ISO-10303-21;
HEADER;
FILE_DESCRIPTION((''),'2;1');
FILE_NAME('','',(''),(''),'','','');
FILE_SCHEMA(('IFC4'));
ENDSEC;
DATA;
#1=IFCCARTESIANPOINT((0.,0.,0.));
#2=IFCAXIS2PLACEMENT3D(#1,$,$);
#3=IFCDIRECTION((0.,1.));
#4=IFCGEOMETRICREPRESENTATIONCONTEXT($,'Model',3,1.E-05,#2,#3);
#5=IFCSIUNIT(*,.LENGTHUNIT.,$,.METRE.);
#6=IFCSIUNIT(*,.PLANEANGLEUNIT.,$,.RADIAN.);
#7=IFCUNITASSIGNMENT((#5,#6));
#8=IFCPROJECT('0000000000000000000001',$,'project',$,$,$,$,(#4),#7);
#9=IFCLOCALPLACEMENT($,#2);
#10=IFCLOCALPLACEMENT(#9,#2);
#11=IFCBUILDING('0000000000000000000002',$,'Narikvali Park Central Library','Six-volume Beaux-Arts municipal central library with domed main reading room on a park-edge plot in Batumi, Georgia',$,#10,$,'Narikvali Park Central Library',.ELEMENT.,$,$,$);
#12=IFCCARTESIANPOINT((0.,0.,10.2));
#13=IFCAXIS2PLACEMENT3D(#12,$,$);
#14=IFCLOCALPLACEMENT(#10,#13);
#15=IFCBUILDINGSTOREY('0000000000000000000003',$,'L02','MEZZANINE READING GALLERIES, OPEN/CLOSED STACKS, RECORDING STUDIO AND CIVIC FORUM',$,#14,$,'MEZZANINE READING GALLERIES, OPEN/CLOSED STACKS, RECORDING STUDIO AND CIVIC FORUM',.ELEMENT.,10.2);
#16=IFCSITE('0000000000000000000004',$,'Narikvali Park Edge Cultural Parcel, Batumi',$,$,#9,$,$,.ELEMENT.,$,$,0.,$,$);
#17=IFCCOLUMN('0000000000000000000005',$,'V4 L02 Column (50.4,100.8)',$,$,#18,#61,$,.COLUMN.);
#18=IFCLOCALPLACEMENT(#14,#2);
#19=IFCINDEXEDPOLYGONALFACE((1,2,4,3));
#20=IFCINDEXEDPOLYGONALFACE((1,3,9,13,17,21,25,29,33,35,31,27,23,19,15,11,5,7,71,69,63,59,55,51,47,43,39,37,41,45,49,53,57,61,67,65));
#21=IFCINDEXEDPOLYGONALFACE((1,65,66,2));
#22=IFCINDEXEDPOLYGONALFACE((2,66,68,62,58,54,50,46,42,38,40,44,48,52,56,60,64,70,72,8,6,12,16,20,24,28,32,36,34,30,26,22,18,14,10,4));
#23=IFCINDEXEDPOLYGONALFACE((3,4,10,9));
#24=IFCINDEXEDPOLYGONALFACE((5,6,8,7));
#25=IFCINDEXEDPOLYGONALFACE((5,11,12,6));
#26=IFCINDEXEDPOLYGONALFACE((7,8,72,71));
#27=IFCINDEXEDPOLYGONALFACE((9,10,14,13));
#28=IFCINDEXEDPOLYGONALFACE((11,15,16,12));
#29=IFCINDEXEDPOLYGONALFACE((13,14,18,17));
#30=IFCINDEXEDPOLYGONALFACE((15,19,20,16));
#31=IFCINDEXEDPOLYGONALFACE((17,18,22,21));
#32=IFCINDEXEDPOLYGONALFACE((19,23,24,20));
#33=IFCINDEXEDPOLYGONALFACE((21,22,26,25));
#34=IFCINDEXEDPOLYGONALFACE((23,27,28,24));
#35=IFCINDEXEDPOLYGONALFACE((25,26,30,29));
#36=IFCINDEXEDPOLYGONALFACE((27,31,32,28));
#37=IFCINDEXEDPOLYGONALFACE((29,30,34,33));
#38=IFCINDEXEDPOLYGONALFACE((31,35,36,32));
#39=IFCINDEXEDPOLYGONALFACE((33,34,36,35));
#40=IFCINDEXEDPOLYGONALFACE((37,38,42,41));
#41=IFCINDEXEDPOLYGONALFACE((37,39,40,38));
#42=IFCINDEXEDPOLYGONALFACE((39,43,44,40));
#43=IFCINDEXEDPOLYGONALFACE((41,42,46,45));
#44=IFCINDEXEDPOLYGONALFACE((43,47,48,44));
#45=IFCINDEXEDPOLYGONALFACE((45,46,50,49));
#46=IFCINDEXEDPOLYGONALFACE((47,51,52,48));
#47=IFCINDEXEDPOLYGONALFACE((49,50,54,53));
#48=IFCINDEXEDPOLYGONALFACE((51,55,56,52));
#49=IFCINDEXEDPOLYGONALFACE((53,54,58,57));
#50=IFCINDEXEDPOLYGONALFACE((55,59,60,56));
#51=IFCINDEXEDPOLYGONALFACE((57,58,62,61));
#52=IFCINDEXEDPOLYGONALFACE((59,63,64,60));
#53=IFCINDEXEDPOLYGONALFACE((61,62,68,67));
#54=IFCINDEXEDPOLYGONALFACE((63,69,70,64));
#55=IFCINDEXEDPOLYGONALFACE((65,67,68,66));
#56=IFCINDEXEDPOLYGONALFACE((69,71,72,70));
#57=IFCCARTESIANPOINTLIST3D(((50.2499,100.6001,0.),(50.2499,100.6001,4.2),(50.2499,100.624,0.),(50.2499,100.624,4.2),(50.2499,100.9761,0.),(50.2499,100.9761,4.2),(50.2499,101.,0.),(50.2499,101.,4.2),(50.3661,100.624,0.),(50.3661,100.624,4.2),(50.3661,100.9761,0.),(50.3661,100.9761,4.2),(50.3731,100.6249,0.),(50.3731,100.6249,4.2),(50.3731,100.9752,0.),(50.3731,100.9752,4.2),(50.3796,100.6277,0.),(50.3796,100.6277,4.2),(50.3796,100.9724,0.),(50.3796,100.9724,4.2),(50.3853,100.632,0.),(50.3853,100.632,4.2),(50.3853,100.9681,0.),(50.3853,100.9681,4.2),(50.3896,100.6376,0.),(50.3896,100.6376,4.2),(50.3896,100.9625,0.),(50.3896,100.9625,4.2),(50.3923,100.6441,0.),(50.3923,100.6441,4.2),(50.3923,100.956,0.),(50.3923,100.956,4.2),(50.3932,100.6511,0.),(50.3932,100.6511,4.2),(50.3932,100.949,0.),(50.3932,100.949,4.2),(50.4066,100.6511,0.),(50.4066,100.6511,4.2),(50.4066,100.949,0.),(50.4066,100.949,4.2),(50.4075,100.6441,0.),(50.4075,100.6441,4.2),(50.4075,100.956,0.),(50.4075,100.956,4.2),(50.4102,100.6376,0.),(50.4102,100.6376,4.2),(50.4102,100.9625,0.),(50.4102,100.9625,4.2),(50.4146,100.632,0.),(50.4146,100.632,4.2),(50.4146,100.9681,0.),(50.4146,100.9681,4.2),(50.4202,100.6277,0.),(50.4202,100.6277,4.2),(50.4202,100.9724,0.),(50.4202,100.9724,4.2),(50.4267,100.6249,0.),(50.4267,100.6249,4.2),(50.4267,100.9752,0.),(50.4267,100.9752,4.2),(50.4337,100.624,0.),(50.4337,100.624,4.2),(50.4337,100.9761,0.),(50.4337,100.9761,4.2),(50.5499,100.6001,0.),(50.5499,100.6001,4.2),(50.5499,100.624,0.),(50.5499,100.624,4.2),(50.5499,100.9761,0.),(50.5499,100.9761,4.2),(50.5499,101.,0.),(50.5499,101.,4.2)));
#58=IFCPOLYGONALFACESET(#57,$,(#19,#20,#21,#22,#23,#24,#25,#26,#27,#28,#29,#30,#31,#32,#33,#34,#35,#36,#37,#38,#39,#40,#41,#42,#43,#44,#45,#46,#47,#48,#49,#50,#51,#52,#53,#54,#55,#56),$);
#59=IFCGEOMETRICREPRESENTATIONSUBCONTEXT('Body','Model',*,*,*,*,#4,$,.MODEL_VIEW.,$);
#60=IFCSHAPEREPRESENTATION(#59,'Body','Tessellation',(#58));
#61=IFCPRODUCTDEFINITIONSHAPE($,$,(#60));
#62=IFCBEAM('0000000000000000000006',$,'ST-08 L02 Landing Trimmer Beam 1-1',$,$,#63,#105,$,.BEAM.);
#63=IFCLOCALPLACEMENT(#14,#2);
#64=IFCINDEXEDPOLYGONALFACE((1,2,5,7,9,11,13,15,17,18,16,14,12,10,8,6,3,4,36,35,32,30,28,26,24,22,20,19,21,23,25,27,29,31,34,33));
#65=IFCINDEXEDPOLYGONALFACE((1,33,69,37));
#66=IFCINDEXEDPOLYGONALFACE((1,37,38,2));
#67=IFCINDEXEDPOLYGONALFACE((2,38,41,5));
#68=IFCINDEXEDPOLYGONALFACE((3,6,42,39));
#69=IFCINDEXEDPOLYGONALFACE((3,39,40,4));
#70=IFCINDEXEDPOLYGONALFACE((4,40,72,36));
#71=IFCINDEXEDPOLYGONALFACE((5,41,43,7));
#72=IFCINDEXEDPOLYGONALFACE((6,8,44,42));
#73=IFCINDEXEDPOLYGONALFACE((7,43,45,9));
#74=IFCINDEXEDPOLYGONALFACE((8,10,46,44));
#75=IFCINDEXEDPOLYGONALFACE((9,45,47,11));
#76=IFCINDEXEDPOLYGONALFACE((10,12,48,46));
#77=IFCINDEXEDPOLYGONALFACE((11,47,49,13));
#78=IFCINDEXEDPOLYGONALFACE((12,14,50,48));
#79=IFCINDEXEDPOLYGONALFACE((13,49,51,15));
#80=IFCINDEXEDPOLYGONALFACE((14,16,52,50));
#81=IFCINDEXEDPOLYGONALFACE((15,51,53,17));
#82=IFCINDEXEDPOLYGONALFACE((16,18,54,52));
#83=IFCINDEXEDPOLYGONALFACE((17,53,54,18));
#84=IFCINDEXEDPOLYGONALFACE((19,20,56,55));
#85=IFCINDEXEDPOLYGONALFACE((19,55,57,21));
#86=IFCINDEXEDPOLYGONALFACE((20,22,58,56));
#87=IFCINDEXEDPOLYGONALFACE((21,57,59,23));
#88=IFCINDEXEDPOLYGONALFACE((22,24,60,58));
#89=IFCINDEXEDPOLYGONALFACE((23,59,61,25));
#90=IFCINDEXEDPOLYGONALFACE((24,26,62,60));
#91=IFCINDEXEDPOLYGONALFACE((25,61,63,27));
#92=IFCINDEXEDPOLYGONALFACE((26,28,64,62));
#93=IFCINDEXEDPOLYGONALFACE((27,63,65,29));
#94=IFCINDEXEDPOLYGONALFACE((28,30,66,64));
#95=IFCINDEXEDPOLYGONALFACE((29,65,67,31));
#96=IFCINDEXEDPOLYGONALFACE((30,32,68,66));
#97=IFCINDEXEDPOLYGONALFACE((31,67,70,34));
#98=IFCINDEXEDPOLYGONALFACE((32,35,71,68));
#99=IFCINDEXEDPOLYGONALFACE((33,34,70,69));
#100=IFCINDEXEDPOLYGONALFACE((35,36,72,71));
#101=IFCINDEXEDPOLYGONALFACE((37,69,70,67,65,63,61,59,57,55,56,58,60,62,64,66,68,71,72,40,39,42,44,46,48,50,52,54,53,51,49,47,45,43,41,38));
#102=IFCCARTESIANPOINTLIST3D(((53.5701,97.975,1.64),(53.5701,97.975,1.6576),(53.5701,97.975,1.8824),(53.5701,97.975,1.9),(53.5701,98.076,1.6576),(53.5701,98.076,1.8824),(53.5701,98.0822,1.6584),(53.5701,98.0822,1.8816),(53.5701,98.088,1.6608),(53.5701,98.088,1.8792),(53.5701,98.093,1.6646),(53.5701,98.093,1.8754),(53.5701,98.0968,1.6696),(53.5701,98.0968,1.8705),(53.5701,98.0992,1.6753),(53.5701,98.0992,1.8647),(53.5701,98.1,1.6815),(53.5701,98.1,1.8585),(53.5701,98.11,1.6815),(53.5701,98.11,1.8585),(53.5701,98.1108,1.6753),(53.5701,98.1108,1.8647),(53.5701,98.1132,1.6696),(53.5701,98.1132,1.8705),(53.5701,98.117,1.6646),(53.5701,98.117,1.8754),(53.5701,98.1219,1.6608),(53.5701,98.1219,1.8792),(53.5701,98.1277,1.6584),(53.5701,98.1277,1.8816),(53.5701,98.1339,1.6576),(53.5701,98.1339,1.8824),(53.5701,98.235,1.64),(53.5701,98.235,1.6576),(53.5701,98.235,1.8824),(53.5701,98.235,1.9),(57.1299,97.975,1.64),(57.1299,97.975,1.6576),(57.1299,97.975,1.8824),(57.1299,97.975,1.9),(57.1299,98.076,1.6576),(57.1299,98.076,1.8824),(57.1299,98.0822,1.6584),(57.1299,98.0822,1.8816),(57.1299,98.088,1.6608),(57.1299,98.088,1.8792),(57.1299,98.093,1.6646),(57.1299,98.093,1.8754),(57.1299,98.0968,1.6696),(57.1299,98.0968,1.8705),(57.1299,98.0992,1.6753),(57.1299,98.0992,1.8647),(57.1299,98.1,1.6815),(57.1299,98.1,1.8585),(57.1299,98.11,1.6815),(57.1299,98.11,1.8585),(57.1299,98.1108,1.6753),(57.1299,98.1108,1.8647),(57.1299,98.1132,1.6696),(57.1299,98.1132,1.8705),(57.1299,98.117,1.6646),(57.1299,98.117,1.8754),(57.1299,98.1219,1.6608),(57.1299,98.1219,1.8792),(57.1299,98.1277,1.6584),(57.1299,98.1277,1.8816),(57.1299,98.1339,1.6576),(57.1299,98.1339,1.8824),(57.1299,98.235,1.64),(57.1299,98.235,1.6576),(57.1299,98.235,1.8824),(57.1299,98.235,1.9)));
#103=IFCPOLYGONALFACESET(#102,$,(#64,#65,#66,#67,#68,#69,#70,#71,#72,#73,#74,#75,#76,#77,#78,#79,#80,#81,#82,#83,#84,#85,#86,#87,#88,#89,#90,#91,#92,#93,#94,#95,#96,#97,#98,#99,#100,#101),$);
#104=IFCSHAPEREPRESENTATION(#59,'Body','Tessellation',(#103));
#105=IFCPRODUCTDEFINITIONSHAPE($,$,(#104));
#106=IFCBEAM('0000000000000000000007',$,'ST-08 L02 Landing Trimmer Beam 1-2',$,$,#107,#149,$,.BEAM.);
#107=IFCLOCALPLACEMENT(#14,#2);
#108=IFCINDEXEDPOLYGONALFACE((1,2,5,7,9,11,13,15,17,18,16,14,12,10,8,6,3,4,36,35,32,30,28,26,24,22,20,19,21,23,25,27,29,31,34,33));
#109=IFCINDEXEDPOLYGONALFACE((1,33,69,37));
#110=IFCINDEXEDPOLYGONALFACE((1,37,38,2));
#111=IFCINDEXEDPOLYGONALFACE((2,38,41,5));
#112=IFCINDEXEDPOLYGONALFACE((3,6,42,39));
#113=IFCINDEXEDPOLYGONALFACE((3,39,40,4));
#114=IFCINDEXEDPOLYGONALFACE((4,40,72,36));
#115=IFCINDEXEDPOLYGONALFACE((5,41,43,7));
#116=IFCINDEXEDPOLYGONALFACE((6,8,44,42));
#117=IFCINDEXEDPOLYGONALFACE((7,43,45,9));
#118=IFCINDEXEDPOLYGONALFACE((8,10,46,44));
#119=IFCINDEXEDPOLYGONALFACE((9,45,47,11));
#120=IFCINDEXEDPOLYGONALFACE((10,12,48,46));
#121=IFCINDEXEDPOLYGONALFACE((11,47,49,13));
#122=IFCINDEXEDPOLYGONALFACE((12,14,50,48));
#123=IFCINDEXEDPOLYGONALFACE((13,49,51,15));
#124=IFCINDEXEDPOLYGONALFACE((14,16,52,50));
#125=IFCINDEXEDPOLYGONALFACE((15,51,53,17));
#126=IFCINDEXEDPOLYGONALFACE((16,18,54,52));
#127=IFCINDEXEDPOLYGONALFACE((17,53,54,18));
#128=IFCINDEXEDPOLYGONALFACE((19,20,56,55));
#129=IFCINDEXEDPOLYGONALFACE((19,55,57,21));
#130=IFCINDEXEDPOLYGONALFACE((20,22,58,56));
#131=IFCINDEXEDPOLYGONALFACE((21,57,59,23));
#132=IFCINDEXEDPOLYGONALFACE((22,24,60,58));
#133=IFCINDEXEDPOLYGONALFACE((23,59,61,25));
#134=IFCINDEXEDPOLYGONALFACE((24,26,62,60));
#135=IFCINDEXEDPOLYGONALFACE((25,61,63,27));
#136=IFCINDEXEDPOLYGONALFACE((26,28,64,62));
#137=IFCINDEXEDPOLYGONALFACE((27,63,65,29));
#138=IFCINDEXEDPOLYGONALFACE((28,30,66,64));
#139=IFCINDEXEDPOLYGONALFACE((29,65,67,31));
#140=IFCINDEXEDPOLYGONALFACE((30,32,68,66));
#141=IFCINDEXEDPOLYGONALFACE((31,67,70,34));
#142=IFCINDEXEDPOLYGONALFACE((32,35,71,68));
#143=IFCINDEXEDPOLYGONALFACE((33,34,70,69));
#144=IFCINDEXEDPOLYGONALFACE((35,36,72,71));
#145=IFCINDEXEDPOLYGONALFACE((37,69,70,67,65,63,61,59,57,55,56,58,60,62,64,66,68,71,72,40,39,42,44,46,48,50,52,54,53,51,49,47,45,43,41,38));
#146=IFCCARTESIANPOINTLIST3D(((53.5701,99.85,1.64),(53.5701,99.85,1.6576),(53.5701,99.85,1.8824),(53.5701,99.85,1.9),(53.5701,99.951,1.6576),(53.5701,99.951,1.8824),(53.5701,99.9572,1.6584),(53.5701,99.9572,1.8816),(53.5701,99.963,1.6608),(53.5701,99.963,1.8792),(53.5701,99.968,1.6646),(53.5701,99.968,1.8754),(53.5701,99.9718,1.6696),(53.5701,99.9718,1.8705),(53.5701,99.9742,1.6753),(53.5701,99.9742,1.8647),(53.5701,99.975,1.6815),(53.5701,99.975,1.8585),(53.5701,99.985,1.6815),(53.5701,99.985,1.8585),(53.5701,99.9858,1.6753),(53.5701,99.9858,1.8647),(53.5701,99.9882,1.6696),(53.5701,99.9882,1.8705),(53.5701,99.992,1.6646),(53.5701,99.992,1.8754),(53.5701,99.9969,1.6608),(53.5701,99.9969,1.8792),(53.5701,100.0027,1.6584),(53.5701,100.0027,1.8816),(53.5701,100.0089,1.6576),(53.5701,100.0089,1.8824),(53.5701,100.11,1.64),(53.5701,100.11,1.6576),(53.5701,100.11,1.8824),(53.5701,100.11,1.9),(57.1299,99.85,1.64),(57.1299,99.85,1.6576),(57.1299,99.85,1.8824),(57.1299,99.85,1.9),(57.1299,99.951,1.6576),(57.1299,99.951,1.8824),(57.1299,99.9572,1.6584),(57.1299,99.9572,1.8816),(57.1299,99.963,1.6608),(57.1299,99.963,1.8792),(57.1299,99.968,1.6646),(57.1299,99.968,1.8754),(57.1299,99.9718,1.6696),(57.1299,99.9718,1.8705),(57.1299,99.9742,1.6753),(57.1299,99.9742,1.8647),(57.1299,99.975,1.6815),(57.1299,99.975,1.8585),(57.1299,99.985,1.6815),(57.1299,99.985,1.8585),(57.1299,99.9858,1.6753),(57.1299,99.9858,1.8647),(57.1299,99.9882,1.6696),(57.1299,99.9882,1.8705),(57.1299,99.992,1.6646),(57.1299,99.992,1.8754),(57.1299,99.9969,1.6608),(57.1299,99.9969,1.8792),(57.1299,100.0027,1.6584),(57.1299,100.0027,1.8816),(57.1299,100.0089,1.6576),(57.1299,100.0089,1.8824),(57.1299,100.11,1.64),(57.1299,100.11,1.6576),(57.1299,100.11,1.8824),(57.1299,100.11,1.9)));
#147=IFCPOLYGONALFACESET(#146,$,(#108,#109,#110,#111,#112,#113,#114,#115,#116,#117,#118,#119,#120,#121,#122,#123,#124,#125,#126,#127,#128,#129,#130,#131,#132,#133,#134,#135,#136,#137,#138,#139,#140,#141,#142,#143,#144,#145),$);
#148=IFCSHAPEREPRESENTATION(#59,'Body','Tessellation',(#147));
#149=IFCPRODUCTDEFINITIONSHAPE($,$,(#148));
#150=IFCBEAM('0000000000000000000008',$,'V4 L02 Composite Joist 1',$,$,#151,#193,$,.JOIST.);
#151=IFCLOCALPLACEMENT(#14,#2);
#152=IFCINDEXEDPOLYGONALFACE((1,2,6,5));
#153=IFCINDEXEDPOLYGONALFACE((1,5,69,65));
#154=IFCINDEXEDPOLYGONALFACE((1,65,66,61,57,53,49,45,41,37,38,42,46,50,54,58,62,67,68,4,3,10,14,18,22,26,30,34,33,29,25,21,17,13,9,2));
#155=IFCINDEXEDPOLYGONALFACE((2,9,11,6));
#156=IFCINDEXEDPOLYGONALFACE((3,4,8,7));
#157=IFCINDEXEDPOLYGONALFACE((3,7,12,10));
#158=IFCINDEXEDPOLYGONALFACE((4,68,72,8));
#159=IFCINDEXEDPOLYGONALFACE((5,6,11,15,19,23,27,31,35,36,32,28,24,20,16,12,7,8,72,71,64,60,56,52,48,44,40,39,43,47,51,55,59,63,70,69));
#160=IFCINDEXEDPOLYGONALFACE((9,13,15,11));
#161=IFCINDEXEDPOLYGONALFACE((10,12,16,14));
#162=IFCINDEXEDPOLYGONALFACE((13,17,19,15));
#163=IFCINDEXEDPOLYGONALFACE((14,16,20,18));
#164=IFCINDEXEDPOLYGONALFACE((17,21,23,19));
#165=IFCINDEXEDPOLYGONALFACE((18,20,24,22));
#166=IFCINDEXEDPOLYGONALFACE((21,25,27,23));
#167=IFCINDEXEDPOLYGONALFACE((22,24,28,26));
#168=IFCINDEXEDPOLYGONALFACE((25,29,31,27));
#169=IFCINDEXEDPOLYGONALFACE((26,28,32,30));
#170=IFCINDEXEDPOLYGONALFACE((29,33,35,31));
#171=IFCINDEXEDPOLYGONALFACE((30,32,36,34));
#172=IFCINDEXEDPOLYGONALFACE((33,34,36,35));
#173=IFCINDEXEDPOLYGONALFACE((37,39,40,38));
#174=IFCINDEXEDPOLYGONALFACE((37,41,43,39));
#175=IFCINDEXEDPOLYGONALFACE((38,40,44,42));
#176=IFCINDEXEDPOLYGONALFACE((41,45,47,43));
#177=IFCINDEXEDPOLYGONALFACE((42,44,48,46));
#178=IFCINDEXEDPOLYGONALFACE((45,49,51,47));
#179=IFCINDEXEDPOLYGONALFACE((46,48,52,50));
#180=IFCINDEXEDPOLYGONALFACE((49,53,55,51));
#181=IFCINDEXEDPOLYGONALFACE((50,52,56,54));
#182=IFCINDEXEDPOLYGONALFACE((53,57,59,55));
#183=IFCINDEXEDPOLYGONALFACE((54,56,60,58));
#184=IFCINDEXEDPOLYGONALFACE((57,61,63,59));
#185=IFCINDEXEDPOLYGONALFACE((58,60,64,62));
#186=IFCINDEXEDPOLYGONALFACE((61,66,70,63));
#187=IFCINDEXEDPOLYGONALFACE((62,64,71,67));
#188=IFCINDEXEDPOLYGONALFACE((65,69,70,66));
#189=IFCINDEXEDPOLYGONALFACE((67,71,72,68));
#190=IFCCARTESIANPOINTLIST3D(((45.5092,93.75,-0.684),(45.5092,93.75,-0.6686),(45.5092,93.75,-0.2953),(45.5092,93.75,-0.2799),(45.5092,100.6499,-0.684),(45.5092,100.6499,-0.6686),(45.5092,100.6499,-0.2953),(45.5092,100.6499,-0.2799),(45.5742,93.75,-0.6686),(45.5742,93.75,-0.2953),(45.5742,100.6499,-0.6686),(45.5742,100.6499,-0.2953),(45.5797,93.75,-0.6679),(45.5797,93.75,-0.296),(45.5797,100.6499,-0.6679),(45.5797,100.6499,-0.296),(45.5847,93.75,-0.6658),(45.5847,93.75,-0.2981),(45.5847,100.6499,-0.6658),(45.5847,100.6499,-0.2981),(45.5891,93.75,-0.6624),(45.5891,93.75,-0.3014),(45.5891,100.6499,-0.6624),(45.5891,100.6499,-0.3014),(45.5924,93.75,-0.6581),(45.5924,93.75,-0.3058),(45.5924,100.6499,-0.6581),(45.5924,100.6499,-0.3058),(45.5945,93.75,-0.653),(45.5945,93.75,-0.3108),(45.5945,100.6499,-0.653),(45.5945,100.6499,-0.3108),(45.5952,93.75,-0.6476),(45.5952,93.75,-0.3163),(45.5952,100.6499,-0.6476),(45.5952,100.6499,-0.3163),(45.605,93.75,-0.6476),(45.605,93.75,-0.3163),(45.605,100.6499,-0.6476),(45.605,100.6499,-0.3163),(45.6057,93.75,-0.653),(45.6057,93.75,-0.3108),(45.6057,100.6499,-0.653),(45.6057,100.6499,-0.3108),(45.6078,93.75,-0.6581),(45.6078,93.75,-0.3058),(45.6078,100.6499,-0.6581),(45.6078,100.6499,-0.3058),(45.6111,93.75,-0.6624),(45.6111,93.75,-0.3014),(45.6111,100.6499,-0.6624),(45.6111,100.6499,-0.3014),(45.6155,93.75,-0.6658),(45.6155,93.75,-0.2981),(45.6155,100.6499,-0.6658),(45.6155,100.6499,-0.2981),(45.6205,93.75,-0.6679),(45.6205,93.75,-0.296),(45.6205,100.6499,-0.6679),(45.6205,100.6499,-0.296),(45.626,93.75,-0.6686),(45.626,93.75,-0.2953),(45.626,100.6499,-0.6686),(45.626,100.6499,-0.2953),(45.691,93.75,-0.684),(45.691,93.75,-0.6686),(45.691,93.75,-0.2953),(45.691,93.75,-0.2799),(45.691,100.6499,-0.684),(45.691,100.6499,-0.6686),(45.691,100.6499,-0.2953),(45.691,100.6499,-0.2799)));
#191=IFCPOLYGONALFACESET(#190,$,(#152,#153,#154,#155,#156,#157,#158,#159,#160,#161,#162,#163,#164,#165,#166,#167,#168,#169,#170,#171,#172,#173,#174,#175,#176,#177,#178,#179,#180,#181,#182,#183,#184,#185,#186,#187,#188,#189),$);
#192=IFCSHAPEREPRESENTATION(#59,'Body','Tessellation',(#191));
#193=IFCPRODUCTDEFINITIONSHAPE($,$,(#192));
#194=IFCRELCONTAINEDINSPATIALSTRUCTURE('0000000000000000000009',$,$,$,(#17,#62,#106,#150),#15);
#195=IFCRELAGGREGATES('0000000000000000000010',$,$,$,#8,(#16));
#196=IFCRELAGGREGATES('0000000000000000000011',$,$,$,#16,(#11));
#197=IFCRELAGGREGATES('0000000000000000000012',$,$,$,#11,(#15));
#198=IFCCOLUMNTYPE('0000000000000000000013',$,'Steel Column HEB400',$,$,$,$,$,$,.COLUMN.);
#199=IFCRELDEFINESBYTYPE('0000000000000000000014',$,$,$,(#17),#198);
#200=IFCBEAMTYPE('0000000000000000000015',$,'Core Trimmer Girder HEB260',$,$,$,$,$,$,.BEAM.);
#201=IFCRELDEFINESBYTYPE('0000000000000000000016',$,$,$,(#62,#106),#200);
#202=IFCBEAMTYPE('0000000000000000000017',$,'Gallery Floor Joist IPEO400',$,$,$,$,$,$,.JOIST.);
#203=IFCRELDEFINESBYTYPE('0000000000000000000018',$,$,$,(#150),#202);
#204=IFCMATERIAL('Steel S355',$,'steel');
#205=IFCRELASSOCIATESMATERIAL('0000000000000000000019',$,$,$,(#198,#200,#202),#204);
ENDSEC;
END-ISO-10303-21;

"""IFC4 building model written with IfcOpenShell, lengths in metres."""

from ifc_helpers import new_model, si_unit, direction, frame, origin, origin_2d, place, context, subcontext, project, spatial, i_section, extrude, material, material_profile, profile_set, type_object, element, save


model = new_model("IFC4")

# Units and contexts
model_context = context("Model", 3, precision=1e-05, world=origin(), true_north=direction((0.0, 1.0)))
body_context = subcontext(model_context, "Body", "Model", "MODEL_VIEW")
ifc_project = project(units=[si_unit("LENGTHUNIT", "METRE"), si_unit("PLANEANGLEUNIT", "RADIAN")], contexts=[model_context])

# Site, building, storey
site_placement = place(None, origin())
site = spatial("IfcSite", under=ifc_project, at=site_placement, Name="Narikvali Park Edge Cultural Parcel, Batumi", CompositionType="ELEMENT", RefElevation=0.0)
building_placement = place(site_placement, origin())
building = spatial("IfcBuilding", under=site, at=building_placement, Name="Narikvali Park Central Library", Description="Six-volume Beaux-Arts municipal central library with domed main reading room on a park-edge plot in Batumi, Georgia", LongName="Narikvali Park Central Library", CompositionType="ELEMENT")
storey_placement = place(building_placement, frame((0.0, 0.0, 10.2)))
storey = spatial("IfcBuildingStorey", under=building, at=storey_placement, Name="L02", Description="MEZZANINE READING GALLERIES, OPEN/CLOSED STACKS, RECORDING STUDIO AND CIVIC FORUM", LongName="MEZZANINE READING GALLERIES, OPEN/CLOSED STACKS, RECORDING STUDIO AND CIVIC FORUM", CompositionType="ELEMENT", Elevation=10.2)

# Column
ifc_material_1 = material(Name="Steel S355", Category="steel")
ifc_material_profile_1 = material_profile(ifc_material_1, i_section(OverallWidth=0.3, OverallDepth=0.3999, WebThickness=0.0134, FlangeThickness=0.0239, FilletRadius=0.0271, at=origin_2d()), Name="HEB 400")
ifc_profile_set_1 = profile_set([ifc_material_profile_1], Name="Steel S355")
column_type = type_object("IfcColumnType", Name="Steel Column HEB400", PredefinedType="COLUMN", material=ifc_profile_set_1)
column_placement = place(storey_placement, frame((50.3999, 100.8, 0.0), z_axis=(0.0, 0.0, 1.0), x_axis=(1.0, 0.0, 0.0)))
element("IfcColumn", 1, at=column_placement, inside=storey, type_object=column_type, Name="V4 L02 Column (50.4,100.8)", PredefinedType="COLUMN", context=body_context, shape_type="SweptSolid", body=[
    extrude(i_section(OverallWidth=0.3, OverallDepth=0.3999, WebThickness=0.0134, FlangeThickness=0.0239, FilletRadius=0.0271, at=origin_2d()), origin(), (0.0, 0.0, 1.0), 4.2),
])

# Beams
ifc_material_profile_2 = material_profile(ifc_material_1, i_section(OverallWidth=0.26, OverallDepth=0.26, WebThickness=0.01, FlangeThickness=0.0176, FilletRadius=0.0239, at=origin_2d()), Name="HEB 260")
ifc_profile_set_2 = profile_set([ifc_material_profile_2], Name="Steel S355")
beam_type_1 = type_object("IfcBeamType", Name="Core Trimmer Girder HEB260", PredefinedType="BEAM", material=ifc_profile_set_2)
for number, where, z_axis, x_axis, name in (
    (2, (53.5701, 98.105, 1.77), (1.0, 0.0, 0.0), (0.0, 1.0, 0.0), "ST-08 L02 Landing Trimmer Beam 1-1"),
    (3, (53.5701, 99.98, 1.77), (1.0, 0.0, 0.0), (0.0, 1.0, 0.0), "ST-08 L02 Landing Trimmer Beam 1-2"),
):
    element("IfcBeam", number, at=place(storey_placement, frame(where, z_axis=z_axis, x_axis=x_axis)), inside=storey, type_object=beam_type_1, Name=name, PredefinedType="BEAM", context=body_context, shape_type="SweptSolid", body=[
        extrude(i_section(OverallWidth=0.26, OverallDepth=0.26, WebThickness=0.01, FlangeThickness=0.0176, FilletRadius=0.0239, at=origin_2d()), origin(), (0.0, 0.0, 1.0), 3.5598),
    ])
ifc_material_profile_3 = material_profile(ifc_material_1, i_section(OverallWidth=0.1819, OverallDepth=0.4041, WebThickness=0.0098, FlangeThickness=0.0154, FilletRadius=0.021, at=origin_2d()), Name="IPEO 400")
ifc_profile_set_3 = profile_set([ifc_material_profile_3], Name="Steel S355")
beam_type_2 = type_object("IfcBeamType", Name="Gallery Floor Joist IPEO400", PredefinedType="JOIST", material=ifc_profile_set_3)
for number, where, z_axis, x_axis, name in (
    (4, (45.6001, 93.75, -0.4819), (0.0, 1.0, 0.0), (-1.0, 0.0, 0.0), "V4 L02 Composite Joist 1"),
):
    element("IfcBeam", number, at=place(storey_placement, frame(where, z_axis=z_axis, x_axis=x_axis)), inside=storey, type_object=beam_type_2, Name=name, PredefinedType="JOIST", context=body_context, shape_type="SweptSolid", body=[
        extrude(i_section(OverallWidth=0.1819, OverallDepth=0.4041, WebThickness=0.0098, FlangeThickness=0.0154, FilletRadius=0.021, at=origin_2d()), origin(), (0.0, 0.0, 1.0), 6.8999),
    ])

save(model, "model.ifc")
